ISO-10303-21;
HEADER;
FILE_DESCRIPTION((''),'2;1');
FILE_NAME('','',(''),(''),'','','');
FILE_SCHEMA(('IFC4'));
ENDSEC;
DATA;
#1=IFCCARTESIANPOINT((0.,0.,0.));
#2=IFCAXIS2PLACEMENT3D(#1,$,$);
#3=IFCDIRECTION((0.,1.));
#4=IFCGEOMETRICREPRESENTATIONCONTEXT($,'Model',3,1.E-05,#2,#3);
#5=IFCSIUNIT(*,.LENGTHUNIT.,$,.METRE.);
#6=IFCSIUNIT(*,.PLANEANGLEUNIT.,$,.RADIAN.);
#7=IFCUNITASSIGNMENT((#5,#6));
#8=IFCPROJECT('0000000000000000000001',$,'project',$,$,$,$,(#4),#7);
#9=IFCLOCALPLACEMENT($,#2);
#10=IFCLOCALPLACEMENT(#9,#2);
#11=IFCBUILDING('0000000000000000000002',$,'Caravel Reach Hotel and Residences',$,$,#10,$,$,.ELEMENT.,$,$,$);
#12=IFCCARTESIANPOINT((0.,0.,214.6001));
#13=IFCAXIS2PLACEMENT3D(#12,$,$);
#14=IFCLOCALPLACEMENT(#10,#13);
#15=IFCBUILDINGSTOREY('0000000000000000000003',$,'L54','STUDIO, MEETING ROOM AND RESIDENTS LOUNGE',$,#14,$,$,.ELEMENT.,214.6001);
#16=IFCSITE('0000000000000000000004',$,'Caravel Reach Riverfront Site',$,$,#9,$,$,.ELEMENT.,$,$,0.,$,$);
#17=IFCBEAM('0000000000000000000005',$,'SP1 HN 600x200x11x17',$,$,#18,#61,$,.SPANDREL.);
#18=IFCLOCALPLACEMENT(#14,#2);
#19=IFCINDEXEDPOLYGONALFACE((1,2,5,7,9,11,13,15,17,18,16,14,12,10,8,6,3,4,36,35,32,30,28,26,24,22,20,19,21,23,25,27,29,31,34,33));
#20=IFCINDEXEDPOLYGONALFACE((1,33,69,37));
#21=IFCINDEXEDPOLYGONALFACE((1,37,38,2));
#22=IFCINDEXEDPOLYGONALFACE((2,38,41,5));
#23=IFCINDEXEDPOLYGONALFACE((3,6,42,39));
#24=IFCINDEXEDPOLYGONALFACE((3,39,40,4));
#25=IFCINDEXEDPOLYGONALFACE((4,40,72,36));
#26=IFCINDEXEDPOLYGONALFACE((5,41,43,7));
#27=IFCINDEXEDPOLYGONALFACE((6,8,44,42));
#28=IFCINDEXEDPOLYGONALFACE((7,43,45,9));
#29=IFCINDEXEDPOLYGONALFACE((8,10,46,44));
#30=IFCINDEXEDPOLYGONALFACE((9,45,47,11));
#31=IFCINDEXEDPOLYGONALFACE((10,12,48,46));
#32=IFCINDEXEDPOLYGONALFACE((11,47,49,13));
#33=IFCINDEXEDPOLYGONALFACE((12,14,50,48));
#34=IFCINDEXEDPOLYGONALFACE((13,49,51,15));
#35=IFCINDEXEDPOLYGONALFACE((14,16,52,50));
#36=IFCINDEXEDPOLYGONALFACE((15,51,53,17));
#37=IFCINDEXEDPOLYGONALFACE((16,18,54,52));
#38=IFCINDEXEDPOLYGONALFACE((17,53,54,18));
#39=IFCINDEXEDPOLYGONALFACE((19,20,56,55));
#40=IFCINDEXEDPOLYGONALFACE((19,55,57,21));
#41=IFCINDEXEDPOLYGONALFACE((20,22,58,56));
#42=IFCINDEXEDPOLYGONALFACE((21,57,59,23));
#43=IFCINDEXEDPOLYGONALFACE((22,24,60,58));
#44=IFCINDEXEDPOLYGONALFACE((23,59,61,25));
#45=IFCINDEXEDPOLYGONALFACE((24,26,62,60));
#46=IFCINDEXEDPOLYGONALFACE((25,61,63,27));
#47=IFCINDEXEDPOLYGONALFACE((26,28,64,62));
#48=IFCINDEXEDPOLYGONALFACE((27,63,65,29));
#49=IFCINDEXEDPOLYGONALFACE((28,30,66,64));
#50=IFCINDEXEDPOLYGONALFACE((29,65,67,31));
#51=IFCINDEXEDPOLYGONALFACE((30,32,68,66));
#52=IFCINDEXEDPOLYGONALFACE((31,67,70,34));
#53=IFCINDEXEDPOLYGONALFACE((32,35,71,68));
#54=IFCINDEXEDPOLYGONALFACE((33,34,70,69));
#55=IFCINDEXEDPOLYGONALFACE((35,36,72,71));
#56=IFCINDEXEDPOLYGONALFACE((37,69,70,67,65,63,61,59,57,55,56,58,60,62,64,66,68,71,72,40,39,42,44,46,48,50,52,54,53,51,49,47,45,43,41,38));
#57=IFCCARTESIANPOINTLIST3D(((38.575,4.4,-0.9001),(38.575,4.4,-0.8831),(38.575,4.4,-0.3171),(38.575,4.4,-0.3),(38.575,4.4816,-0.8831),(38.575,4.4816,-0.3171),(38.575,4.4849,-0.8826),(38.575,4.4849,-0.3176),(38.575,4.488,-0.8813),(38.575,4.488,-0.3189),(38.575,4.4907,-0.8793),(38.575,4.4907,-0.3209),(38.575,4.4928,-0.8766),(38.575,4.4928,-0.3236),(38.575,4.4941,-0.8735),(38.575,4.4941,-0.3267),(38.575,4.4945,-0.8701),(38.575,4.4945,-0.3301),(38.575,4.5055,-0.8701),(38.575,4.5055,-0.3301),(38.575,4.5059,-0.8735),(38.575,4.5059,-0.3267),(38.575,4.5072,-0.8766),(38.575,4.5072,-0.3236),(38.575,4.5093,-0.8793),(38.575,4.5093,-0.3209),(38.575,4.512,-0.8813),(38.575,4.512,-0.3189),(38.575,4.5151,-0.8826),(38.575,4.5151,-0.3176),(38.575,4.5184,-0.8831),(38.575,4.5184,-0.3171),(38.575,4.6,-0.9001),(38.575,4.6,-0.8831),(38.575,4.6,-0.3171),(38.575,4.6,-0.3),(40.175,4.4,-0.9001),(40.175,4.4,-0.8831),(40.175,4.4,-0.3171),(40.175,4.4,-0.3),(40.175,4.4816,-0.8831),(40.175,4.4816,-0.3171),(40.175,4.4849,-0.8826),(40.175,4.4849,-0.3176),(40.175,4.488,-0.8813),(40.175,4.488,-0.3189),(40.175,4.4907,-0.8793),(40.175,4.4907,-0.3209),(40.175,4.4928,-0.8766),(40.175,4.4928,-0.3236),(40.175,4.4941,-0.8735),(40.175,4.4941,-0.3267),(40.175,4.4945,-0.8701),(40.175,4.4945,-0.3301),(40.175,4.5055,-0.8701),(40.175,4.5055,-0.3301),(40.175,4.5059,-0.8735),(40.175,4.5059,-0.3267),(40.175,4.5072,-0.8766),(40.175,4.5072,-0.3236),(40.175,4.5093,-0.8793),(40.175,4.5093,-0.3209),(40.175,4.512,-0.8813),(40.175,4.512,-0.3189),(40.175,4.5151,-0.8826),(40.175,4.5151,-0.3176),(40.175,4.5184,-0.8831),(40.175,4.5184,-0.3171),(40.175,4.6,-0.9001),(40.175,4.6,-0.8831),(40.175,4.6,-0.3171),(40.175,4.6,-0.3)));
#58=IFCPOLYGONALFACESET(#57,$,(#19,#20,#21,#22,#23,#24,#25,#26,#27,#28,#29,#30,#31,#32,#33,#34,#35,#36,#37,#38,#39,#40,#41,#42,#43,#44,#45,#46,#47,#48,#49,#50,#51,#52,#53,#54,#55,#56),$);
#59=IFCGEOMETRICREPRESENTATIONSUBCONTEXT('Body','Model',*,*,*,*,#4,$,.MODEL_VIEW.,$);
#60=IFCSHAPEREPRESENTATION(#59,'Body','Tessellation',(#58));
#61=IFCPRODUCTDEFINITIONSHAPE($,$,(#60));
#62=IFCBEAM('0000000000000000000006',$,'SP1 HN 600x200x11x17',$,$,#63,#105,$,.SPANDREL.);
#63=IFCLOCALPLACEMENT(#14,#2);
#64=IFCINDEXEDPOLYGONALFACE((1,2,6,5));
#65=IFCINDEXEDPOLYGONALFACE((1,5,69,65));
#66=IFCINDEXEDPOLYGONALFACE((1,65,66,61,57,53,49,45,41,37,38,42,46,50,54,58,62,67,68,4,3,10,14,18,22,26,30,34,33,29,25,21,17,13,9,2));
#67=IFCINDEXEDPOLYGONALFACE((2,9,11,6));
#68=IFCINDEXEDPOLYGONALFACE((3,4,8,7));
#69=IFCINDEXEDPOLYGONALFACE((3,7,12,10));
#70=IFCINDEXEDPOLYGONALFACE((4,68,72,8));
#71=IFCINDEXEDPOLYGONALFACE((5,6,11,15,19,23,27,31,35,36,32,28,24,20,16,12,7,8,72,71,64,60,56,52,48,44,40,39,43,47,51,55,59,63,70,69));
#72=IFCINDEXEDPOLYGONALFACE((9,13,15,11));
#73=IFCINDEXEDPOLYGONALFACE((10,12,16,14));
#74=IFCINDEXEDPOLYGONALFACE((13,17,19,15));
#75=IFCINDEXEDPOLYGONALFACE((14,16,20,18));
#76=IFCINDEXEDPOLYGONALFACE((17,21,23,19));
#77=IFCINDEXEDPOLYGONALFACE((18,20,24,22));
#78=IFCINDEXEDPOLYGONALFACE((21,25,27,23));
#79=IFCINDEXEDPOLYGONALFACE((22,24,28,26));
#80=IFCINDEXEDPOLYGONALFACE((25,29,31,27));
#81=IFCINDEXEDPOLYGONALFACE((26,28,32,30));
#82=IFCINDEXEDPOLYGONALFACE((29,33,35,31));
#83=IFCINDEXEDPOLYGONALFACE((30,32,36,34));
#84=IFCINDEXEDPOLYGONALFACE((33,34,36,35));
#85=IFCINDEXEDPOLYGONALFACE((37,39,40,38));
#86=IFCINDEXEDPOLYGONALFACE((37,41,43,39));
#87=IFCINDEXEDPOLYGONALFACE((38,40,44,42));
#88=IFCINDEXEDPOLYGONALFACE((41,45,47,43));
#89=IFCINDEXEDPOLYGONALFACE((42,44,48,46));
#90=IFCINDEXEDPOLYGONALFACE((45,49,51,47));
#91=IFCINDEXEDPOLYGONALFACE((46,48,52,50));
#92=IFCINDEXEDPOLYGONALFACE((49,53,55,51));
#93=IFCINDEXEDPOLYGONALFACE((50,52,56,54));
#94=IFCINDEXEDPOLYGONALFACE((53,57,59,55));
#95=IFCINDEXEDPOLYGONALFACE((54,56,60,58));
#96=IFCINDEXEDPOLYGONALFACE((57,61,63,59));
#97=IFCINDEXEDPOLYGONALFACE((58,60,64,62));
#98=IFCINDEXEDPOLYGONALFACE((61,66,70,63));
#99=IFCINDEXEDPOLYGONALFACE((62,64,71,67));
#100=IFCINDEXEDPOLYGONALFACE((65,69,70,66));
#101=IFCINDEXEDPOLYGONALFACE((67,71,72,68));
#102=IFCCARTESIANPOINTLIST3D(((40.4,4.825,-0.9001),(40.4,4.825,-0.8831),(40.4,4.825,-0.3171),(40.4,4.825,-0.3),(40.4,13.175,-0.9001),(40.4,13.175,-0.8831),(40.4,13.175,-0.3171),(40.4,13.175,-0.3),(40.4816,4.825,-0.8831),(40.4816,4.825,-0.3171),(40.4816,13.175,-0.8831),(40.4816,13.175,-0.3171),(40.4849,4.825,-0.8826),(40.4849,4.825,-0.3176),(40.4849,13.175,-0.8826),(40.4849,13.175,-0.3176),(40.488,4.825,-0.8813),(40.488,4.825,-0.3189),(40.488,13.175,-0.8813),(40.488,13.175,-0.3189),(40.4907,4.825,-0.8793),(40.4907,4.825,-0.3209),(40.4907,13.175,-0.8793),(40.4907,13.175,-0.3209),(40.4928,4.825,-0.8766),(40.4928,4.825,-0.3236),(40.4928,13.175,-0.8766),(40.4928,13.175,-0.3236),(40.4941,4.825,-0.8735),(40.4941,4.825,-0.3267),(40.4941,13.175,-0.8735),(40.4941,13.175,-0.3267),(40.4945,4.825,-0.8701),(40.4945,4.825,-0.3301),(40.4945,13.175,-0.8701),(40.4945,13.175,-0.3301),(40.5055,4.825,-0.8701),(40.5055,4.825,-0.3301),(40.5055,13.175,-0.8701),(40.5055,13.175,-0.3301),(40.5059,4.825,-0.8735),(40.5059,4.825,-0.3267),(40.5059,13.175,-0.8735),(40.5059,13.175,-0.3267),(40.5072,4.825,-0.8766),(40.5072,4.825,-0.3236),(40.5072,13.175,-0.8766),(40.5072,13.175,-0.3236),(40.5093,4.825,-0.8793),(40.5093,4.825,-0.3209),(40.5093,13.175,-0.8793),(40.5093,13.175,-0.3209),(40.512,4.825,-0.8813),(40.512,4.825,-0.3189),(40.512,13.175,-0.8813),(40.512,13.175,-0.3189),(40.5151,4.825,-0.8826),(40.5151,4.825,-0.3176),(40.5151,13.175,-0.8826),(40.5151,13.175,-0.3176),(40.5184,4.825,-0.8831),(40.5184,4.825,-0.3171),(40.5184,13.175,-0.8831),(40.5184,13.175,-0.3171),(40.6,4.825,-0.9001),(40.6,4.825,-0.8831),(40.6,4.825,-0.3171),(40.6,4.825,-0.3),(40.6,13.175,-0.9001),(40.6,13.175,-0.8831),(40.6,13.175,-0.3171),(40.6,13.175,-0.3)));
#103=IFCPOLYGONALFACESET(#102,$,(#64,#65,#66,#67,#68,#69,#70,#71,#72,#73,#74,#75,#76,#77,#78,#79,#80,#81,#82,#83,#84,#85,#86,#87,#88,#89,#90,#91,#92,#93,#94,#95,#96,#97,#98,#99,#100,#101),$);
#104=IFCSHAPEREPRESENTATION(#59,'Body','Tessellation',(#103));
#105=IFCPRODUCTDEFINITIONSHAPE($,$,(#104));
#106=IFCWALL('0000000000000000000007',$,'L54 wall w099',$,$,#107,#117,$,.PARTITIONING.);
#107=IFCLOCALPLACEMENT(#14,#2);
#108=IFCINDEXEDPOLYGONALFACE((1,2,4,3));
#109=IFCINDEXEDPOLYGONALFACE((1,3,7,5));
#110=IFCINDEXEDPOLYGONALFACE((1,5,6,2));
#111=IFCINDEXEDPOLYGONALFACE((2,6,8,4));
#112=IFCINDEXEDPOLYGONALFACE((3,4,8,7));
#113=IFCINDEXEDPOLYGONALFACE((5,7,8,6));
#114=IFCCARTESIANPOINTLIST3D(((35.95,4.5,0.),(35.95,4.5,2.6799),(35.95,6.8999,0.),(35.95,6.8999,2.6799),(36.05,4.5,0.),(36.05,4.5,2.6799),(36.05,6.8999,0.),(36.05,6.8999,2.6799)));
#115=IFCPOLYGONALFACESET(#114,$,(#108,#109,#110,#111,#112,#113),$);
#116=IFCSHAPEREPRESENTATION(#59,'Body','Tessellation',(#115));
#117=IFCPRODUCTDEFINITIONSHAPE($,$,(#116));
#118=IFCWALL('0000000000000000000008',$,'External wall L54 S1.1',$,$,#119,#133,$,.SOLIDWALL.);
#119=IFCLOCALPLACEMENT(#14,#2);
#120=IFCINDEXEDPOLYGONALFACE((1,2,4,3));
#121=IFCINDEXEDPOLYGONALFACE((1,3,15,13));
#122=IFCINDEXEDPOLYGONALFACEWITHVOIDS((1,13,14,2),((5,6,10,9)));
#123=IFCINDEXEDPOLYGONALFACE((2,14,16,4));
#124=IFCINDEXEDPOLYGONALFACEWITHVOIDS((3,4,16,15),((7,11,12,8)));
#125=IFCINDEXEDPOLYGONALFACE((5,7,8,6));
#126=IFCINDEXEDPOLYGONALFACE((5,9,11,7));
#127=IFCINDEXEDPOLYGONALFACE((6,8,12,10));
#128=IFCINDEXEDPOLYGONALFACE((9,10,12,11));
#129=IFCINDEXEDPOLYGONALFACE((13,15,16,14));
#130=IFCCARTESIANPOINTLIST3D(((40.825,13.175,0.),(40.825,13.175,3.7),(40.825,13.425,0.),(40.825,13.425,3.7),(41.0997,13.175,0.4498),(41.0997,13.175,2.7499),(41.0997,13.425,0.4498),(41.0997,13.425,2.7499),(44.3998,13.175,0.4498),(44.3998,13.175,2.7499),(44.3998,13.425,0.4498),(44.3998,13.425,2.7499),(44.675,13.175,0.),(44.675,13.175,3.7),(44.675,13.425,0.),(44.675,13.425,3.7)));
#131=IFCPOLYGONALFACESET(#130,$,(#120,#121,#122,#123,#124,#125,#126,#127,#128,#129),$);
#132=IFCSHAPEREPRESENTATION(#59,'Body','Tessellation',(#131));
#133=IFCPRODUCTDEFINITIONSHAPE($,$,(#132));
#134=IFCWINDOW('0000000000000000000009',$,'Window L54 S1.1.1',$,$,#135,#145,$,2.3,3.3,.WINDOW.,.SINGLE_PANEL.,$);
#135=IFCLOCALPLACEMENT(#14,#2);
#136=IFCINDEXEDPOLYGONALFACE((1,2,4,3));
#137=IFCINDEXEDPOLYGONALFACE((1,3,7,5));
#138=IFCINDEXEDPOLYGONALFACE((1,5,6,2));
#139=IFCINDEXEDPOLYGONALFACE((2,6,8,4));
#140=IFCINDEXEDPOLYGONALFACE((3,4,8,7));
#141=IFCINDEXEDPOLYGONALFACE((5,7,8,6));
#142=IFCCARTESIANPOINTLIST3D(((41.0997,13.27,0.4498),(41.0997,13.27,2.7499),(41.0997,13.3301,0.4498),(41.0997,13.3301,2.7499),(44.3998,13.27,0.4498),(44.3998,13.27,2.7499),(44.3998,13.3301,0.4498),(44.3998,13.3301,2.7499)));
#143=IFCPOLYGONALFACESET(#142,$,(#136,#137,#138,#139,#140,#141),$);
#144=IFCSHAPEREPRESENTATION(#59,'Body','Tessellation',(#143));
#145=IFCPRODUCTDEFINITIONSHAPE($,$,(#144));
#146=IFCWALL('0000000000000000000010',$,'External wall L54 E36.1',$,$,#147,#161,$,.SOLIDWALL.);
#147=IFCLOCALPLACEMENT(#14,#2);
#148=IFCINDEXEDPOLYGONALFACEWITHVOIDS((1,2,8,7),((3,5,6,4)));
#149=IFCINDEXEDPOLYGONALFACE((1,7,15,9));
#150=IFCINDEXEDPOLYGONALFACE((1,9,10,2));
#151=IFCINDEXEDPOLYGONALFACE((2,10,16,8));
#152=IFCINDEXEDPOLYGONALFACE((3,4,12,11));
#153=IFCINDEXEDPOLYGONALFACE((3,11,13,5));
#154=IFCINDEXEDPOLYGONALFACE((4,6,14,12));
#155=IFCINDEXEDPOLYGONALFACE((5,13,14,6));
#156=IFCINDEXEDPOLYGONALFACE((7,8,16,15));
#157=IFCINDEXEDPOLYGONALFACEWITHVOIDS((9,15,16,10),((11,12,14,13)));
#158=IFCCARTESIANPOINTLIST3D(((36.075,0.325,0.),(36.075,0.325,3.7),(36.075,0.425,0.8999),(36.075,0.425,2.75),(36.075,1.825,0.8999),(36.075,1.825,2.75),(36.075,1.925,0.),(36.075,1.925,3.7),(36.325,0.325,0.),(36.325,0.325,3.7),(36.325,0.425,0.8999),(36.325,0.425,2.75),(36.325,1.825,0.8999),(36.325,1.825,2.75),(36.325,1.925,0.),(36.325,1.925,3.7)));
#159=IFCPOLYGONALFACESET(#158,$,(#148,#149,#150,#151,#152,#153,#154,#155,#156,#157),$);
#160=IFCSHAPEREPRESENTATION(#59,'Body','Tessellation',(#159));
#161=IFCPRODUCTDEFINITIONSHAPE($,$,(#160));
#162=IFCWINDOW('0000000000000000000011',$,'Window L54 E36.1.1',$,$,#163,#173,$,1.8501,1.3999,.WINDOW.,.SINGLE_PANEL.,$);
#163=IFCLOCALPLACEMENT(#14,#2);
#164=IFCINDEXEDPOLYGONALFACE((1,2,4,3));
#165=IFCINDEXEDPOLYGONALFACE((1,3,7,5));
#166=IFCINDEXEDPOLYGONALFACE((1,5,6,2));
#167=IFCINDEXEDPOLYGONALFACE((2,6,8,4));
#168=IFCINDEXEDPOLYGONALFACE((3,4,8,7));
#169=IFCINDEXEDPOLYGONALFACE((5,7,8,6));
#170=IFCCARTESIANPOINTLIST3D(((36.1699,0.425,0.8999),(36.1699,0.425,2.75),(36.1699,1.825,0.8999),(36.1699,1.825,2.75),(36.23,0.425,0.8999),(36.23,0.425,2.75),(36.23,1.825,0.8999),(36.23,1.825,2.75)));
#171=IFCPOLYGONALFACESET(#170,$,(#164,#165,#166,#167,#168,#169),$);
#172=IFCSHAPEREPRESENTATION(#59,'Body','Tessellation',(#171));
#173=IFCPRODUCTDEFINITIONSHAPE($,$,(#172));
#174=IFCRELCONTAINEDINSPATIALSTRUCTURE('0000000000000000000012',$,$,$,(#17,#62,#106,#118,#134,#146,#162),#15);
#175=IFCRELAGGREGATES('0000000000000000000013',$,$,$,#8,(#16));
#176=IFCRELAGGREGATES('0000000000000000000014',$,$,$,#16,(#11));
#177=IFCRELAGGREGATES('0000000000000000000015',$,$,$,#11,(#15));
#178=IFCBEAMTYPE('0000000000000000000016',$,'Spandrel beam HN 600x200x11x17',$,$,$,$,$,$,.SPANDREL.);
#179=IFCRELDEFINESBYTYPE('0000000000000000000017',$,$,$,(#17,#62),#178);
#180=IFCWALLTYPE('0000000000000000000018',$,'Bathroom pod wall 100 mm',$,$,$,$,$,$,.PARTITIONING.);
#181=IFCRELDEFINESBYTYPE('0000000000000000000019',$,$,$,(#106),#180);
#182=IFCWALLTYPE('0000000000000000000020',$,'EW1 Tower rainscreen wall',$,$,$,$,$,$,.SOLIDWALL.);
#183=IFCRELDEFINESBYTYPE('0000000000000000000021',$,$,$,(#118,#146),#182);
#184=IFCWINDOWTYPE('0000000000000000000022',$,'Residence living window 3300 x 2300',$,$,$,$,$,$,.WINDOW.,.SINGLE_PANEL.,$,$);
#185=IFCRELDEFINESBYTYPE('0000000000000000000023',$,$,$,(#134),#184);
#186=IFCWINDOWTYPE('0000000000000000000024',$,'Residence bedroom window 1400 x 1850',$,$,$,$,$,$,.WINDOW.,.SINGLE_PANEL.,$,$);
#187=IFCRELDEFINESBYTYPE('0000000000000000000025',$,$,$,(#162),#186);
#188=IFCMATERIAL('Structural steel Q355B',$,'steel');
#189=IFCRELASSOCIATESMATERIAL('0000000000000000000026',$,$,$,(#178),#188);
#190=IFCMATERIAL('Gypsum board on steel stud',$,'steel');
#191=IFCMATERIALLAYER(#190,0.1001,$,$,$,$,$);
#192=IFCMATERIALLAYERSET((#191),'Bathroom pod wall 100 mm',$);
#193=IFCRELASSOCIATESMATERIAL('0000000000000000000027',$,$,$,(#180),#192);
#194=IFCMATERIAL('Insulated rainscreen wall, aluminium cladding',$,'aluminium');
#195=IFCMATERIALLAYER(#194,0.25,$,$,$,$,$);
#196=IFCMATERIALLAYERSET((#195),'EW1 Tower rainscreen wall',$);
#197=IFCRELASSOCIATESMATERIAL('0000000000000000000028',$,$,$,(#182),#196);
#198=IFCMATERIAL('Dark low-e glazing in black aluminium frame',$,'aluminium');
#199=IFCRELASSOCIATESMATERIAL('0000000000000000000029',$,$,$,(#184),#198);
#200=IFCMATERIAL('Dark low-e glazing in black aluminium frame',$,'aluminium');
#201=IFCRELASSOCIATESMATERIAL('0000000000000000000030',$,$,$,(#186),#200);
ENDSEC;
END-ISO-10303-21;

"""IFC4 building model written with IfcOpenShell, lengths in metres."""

from ifc_helpers import new_model, si_unit, direction, frame, frame_2d, origin, origin_2d, place, context, subcontext, project, spatial, rectangle, i_section, extrude, material, layer, layer_set, material_profile, profile_set, type_object, element, fill, save


model = new_model("IFC4")

# Units and contexts
model_context = context("Model", 3, precision=1e-05, world=origin(), true_north=direction((0.0, 1.0)))
body_context = subcontext(model_context, "Body", "Model", "MODEL_VIEW")
ifc_project = project(units=[si_unit("LENGTHUNIT", "METRE"), si_unit("PLANEANGLEUNIT", "RADIAN")], contexts=[model_context])

# Site, building, storey
site_placement = place(None, origin())
site = spatial("IfcSite", under=ifc_project, at=site_placement, Name="Caravel Reach Riverfront Site", CompositionType="ELEMENT", RefElevation=0.0)
building_placement = place(site_placement, origin())
building = spatial("IfcBuilding", under=site, at=building_placement, Name="Caravel Reach Hotel and Residences", CompositionType="ELEMENT")
storey_placement = place(building_placement, frame((0.0, 0.0, 214.6001)))
storey = spatial("IfcBuildingStorey", under=building, at=storey_placement, Name="L54", Description="STUDIO, MEETING ROOM AND RESIDENTS LOUNGE", CompositionType="ELEMENT", Elevation=214.6001)

# Beams
ifc_material_1 = material(Name="Structural steel Q355B", Category="steel")
ifc_material_profile_1 = material_profile(ifc_material_1, i_section(OverallWidth=0.2, OverallDepth=0.6001, WebThickness=0.011, FlangeThickness=0.0171, FilletRadius=0.0129, at=origin_2d()), Name="HN 600x200x11x17")
ifc_profile_set_1 = profile_set([ifc_material_profile_1], Name="Structural steel Q355B")
beam_type_1 = type_object("IfcBeamType", Name="Spandrel beam HN 600x200x11x17", PredefinedType="SPANDREL", material=ifc_profile_set_1)
for number, where, z_axis, x_axis, name in (
    (1, (38.575, 4.5, -0.6001), (1.0, 0.0, 0.0), (0.0, 1.0, 0.0), "SP1 HN 600x200x11x17"),
):
    element("IfcBeam", number, at=place(storey_placement, frame(where, z_axis=z_axis, x_axis=x_axis)), inside=storey, type_object=beam_type_1, Name=name, PredefinedType="SPANDREL", context=body_context, shape_type="SweptSolid", body=[
        extrude(i_section(OverallWidth=0.2, OverallDepth=0.6001, WebThickness=0.011, FlangeThickness=0.0171, FilletRadius=0.0129, at=origin_2d()), origin(), (0.0, 0.0, 1.0), 1.6001),
    ])
beam_1_placement = place(storey_placement, frame((40.5, 4.825, -0.6001), z_axis=(0.0, 1.0, 0.0), x_axis=(-1.0, 0.0, 0.0)))
element("IfcBeam", 2, at=beam_1_placement, inside=storey, type_object=beam_type_1, Name="SP1 HN 600x200x11x17", PredefinedType="SPANDREL", context=body_context, shape_type="SweptSolid", body=[
    extrude(i_section(OverallWidth=0.2, OverallDepth=0.6001, WebThickness=0.011, FlangeThickness=0.0171, FilletRadius=0.0129, at=origin_2d()), origin(), (0.0, 0.0, 1.0), 8.3501),
])

# Wall
ifc_material_2 = material(Name="Gypsum board on steel stud", Category="steel")
ifc_layer_1 = layer(ifc_material_2, 0.1001)
ifc_layer_set_1 = layer_set([ifc_layer_1], Name="Bathroom pod wall 100 mm")
wall_type_1 = type_object("IfcWallType", Name="Bathroom pod wall 100 mm", PredefinedType="PARTITIONING", material=ifc_layer_set_1)
wall_1_placement = place(storey_placement, frame((36.0, 4.5, 0.0), z_axis=(0.0, 0.0, 1.0), x_axis=(0.0, 1.0, 0.0)))
element("IfcWall", 3, at=wall_1_placement, inside=storey, type_object=wall_type_1, Name="L54 wall w099", PredefinedType="PARTITIONING", context=body_context, shape_type="SweptSolid", body=[
    extrude(rectangle(XDim=2.3999, YDim=0.1001, at=frame_2d((1.2, 0.0))), origin(), (0.0, 0.0, 1.0), 2.6799),
])

# Walls, openings, windows
ifc_material_3 = material(Name="Insulated rainscreen wall, aluminium cladding", Category="aluminium")
ifc_layer_2 = layer(ifc_material_3, 0.25)
ifc_layer_set_2 = layer_set([ifc_layer_2], Name="EW1 Tower rainscreen wall")
wall_type_2 = type_object("IfcWallType", Name="EW1 Tower rainscreen wall", PredefinedType="SOLIDWALL", material=ifc_layer_set_2)
wall_2_placement = place(storey_placement, frame((40.825, 13.3, 0.0), z_axis=(0.0, 0.0, 1.0), x_axis=(1.0, 0.0, 0.0)))
wall_2 = element("IfcWall", 4, at=wall_2_placement, inside=storey, type_object=wall_type_2, Name="External wall L54 S1.1", PredefinedType="SOLIDWALL", context=body_context, shape_type="SweptSolid", body=[
    extrude(rectangle(XDim=3.8501, YDim=0.25, at=frame_2d((1.925, 0.0))), origin(), (0.0, 0.0, 1.0), 3.7),
])
opening_1_placement = place(wall_2_placement, frame((0.2749, 0.0, 0.45)))
opening_1 = element("IfcOpeningElement", 5, at=opening_1_placement, cuts=wall_2, PredefinedType="OPENING", context=body_context, shape_type="SweptSolid", body=[
    extrude(rectangle(XDim=3.3, YDim=2.3, at=frame_2d((1.6499, 1.1499))), frame((0.0, 0.135, 0.0), z_axis=(0.0, -1.0, 0.0), x_axis=(1.0, 0.0, 0.0)), (0.0, 0.0, 1.0), 0.27),
])
ifc_material_4 = material(Name="Dark low-e glazing in black aluminium frame", Category="aluminium")
window_type_1 = type_object("IfcWindowType", Name="Residence living window 3300 x 2300", PartitioningType="SINGLE_PANEL", PredefinedType="WINDOW", material=ifc_material_4)
window_1_placement = place(opening_1_placement, origin())
window_1 = element("IfcWindow", 6, at=window_1_placement, inside=storey, type_object=window_type_1, Name="Window L54 S1.1.1", OverallHeight=2.3, OverallWidth=3.3, PartitioningType="SINGLE_PANEL", PredefinedType="WINDOW", context=body_context, shape_type="SweptSolid", body=[
    extrude(rectangle(XDim=3.3, YDim=2.3, at=frame_2d((1.6499, 1.1499))), frame((0.0, 0.03, 0.0), z_axis=(0.0, -1.0, 0.0), x_axis=(1.0, 0.0, 0.0)), (0.0, 0.0, 1.0), 0.0601),
])
fill(opening_1, window_1)
wall_3_placement = place(storey_placement, frame((36.2, 0.325, 0.0), z_axis=(0.0, 0.0, 1.0), x_axis=(0.0, 1.0, 0.0)))
wall_3 = element("IfcWall", 7, at=wall_3_placement, inside=storey, type_object=wall_type_2, Name="External wall L54 E36.1", PredefinedType="SOLIDWALL", context=body_context, shape_type="SweptSolid", body=[
    extrude(rectangle(XDim=1.6001, YDim=0.25, at=frame_2d((0.8, 0.0))), origin(), (0.0, 0.0, 1.0), 3.7),
])
opening_2_placement = place(wall_3_placement, frame((0.1001, 0.0, 0.8999)))
opening_2 = element("IfcOpeningElement", 8, at=opening_2_placement, cuts=wall_3, PredefinedType="OPENING", context=body_context, shape_type="SweptSolid", body=[
    extrude(rectangle(XDim=1.3999, YDim=1.8501, at=frame_2d((0.7, 0.925))), frame((0.0, 0.135, 0.0), z_axis=(0.0, -1.0, 0.0), x_axis=(1.0, 0.0, 0.0)), (0.0, 0.0, 1.0), 0.27),
])
ifc_material_5 = material(Name="Dark low-e glazing in black aluminium frame", Category="aluminium")
window_type_2 = type_object("IfcWindowType", Name="Residence bedroom window 1400 x 1850", PartitioningType="SINGLE_PANEL", PredefinedType="WINDOW", material=ifc_material_5)
window_2_placement = place(opening_2_placement, origin())
window_2 = element("IfcWindow", 9, at=window_2_placement, inside=storey, type_object=window_type_2, Name="Window L54 E36.1.1", OverallHeight=1.8501, OverallWidth=1.3999, PartitioningType="SINGLE_PANEL", PredefinedType="WINDOW", context=body_context, shape_type="SweptSolid", body=[
    extrude(rectangle(XDim=1.3999, YDim=1.8501, at=frame_2d((0.7, 0.925))), frame((0.0, 0.03, 0.0), z_axis=(0.0, -1.0, 0.0), x_axis=(1.0, 0.0, 0.0)), (0.0, 0.0, 1.0), 0.0601),
])
fill(opening_2, window_2)

save(model, "model.ifc")
